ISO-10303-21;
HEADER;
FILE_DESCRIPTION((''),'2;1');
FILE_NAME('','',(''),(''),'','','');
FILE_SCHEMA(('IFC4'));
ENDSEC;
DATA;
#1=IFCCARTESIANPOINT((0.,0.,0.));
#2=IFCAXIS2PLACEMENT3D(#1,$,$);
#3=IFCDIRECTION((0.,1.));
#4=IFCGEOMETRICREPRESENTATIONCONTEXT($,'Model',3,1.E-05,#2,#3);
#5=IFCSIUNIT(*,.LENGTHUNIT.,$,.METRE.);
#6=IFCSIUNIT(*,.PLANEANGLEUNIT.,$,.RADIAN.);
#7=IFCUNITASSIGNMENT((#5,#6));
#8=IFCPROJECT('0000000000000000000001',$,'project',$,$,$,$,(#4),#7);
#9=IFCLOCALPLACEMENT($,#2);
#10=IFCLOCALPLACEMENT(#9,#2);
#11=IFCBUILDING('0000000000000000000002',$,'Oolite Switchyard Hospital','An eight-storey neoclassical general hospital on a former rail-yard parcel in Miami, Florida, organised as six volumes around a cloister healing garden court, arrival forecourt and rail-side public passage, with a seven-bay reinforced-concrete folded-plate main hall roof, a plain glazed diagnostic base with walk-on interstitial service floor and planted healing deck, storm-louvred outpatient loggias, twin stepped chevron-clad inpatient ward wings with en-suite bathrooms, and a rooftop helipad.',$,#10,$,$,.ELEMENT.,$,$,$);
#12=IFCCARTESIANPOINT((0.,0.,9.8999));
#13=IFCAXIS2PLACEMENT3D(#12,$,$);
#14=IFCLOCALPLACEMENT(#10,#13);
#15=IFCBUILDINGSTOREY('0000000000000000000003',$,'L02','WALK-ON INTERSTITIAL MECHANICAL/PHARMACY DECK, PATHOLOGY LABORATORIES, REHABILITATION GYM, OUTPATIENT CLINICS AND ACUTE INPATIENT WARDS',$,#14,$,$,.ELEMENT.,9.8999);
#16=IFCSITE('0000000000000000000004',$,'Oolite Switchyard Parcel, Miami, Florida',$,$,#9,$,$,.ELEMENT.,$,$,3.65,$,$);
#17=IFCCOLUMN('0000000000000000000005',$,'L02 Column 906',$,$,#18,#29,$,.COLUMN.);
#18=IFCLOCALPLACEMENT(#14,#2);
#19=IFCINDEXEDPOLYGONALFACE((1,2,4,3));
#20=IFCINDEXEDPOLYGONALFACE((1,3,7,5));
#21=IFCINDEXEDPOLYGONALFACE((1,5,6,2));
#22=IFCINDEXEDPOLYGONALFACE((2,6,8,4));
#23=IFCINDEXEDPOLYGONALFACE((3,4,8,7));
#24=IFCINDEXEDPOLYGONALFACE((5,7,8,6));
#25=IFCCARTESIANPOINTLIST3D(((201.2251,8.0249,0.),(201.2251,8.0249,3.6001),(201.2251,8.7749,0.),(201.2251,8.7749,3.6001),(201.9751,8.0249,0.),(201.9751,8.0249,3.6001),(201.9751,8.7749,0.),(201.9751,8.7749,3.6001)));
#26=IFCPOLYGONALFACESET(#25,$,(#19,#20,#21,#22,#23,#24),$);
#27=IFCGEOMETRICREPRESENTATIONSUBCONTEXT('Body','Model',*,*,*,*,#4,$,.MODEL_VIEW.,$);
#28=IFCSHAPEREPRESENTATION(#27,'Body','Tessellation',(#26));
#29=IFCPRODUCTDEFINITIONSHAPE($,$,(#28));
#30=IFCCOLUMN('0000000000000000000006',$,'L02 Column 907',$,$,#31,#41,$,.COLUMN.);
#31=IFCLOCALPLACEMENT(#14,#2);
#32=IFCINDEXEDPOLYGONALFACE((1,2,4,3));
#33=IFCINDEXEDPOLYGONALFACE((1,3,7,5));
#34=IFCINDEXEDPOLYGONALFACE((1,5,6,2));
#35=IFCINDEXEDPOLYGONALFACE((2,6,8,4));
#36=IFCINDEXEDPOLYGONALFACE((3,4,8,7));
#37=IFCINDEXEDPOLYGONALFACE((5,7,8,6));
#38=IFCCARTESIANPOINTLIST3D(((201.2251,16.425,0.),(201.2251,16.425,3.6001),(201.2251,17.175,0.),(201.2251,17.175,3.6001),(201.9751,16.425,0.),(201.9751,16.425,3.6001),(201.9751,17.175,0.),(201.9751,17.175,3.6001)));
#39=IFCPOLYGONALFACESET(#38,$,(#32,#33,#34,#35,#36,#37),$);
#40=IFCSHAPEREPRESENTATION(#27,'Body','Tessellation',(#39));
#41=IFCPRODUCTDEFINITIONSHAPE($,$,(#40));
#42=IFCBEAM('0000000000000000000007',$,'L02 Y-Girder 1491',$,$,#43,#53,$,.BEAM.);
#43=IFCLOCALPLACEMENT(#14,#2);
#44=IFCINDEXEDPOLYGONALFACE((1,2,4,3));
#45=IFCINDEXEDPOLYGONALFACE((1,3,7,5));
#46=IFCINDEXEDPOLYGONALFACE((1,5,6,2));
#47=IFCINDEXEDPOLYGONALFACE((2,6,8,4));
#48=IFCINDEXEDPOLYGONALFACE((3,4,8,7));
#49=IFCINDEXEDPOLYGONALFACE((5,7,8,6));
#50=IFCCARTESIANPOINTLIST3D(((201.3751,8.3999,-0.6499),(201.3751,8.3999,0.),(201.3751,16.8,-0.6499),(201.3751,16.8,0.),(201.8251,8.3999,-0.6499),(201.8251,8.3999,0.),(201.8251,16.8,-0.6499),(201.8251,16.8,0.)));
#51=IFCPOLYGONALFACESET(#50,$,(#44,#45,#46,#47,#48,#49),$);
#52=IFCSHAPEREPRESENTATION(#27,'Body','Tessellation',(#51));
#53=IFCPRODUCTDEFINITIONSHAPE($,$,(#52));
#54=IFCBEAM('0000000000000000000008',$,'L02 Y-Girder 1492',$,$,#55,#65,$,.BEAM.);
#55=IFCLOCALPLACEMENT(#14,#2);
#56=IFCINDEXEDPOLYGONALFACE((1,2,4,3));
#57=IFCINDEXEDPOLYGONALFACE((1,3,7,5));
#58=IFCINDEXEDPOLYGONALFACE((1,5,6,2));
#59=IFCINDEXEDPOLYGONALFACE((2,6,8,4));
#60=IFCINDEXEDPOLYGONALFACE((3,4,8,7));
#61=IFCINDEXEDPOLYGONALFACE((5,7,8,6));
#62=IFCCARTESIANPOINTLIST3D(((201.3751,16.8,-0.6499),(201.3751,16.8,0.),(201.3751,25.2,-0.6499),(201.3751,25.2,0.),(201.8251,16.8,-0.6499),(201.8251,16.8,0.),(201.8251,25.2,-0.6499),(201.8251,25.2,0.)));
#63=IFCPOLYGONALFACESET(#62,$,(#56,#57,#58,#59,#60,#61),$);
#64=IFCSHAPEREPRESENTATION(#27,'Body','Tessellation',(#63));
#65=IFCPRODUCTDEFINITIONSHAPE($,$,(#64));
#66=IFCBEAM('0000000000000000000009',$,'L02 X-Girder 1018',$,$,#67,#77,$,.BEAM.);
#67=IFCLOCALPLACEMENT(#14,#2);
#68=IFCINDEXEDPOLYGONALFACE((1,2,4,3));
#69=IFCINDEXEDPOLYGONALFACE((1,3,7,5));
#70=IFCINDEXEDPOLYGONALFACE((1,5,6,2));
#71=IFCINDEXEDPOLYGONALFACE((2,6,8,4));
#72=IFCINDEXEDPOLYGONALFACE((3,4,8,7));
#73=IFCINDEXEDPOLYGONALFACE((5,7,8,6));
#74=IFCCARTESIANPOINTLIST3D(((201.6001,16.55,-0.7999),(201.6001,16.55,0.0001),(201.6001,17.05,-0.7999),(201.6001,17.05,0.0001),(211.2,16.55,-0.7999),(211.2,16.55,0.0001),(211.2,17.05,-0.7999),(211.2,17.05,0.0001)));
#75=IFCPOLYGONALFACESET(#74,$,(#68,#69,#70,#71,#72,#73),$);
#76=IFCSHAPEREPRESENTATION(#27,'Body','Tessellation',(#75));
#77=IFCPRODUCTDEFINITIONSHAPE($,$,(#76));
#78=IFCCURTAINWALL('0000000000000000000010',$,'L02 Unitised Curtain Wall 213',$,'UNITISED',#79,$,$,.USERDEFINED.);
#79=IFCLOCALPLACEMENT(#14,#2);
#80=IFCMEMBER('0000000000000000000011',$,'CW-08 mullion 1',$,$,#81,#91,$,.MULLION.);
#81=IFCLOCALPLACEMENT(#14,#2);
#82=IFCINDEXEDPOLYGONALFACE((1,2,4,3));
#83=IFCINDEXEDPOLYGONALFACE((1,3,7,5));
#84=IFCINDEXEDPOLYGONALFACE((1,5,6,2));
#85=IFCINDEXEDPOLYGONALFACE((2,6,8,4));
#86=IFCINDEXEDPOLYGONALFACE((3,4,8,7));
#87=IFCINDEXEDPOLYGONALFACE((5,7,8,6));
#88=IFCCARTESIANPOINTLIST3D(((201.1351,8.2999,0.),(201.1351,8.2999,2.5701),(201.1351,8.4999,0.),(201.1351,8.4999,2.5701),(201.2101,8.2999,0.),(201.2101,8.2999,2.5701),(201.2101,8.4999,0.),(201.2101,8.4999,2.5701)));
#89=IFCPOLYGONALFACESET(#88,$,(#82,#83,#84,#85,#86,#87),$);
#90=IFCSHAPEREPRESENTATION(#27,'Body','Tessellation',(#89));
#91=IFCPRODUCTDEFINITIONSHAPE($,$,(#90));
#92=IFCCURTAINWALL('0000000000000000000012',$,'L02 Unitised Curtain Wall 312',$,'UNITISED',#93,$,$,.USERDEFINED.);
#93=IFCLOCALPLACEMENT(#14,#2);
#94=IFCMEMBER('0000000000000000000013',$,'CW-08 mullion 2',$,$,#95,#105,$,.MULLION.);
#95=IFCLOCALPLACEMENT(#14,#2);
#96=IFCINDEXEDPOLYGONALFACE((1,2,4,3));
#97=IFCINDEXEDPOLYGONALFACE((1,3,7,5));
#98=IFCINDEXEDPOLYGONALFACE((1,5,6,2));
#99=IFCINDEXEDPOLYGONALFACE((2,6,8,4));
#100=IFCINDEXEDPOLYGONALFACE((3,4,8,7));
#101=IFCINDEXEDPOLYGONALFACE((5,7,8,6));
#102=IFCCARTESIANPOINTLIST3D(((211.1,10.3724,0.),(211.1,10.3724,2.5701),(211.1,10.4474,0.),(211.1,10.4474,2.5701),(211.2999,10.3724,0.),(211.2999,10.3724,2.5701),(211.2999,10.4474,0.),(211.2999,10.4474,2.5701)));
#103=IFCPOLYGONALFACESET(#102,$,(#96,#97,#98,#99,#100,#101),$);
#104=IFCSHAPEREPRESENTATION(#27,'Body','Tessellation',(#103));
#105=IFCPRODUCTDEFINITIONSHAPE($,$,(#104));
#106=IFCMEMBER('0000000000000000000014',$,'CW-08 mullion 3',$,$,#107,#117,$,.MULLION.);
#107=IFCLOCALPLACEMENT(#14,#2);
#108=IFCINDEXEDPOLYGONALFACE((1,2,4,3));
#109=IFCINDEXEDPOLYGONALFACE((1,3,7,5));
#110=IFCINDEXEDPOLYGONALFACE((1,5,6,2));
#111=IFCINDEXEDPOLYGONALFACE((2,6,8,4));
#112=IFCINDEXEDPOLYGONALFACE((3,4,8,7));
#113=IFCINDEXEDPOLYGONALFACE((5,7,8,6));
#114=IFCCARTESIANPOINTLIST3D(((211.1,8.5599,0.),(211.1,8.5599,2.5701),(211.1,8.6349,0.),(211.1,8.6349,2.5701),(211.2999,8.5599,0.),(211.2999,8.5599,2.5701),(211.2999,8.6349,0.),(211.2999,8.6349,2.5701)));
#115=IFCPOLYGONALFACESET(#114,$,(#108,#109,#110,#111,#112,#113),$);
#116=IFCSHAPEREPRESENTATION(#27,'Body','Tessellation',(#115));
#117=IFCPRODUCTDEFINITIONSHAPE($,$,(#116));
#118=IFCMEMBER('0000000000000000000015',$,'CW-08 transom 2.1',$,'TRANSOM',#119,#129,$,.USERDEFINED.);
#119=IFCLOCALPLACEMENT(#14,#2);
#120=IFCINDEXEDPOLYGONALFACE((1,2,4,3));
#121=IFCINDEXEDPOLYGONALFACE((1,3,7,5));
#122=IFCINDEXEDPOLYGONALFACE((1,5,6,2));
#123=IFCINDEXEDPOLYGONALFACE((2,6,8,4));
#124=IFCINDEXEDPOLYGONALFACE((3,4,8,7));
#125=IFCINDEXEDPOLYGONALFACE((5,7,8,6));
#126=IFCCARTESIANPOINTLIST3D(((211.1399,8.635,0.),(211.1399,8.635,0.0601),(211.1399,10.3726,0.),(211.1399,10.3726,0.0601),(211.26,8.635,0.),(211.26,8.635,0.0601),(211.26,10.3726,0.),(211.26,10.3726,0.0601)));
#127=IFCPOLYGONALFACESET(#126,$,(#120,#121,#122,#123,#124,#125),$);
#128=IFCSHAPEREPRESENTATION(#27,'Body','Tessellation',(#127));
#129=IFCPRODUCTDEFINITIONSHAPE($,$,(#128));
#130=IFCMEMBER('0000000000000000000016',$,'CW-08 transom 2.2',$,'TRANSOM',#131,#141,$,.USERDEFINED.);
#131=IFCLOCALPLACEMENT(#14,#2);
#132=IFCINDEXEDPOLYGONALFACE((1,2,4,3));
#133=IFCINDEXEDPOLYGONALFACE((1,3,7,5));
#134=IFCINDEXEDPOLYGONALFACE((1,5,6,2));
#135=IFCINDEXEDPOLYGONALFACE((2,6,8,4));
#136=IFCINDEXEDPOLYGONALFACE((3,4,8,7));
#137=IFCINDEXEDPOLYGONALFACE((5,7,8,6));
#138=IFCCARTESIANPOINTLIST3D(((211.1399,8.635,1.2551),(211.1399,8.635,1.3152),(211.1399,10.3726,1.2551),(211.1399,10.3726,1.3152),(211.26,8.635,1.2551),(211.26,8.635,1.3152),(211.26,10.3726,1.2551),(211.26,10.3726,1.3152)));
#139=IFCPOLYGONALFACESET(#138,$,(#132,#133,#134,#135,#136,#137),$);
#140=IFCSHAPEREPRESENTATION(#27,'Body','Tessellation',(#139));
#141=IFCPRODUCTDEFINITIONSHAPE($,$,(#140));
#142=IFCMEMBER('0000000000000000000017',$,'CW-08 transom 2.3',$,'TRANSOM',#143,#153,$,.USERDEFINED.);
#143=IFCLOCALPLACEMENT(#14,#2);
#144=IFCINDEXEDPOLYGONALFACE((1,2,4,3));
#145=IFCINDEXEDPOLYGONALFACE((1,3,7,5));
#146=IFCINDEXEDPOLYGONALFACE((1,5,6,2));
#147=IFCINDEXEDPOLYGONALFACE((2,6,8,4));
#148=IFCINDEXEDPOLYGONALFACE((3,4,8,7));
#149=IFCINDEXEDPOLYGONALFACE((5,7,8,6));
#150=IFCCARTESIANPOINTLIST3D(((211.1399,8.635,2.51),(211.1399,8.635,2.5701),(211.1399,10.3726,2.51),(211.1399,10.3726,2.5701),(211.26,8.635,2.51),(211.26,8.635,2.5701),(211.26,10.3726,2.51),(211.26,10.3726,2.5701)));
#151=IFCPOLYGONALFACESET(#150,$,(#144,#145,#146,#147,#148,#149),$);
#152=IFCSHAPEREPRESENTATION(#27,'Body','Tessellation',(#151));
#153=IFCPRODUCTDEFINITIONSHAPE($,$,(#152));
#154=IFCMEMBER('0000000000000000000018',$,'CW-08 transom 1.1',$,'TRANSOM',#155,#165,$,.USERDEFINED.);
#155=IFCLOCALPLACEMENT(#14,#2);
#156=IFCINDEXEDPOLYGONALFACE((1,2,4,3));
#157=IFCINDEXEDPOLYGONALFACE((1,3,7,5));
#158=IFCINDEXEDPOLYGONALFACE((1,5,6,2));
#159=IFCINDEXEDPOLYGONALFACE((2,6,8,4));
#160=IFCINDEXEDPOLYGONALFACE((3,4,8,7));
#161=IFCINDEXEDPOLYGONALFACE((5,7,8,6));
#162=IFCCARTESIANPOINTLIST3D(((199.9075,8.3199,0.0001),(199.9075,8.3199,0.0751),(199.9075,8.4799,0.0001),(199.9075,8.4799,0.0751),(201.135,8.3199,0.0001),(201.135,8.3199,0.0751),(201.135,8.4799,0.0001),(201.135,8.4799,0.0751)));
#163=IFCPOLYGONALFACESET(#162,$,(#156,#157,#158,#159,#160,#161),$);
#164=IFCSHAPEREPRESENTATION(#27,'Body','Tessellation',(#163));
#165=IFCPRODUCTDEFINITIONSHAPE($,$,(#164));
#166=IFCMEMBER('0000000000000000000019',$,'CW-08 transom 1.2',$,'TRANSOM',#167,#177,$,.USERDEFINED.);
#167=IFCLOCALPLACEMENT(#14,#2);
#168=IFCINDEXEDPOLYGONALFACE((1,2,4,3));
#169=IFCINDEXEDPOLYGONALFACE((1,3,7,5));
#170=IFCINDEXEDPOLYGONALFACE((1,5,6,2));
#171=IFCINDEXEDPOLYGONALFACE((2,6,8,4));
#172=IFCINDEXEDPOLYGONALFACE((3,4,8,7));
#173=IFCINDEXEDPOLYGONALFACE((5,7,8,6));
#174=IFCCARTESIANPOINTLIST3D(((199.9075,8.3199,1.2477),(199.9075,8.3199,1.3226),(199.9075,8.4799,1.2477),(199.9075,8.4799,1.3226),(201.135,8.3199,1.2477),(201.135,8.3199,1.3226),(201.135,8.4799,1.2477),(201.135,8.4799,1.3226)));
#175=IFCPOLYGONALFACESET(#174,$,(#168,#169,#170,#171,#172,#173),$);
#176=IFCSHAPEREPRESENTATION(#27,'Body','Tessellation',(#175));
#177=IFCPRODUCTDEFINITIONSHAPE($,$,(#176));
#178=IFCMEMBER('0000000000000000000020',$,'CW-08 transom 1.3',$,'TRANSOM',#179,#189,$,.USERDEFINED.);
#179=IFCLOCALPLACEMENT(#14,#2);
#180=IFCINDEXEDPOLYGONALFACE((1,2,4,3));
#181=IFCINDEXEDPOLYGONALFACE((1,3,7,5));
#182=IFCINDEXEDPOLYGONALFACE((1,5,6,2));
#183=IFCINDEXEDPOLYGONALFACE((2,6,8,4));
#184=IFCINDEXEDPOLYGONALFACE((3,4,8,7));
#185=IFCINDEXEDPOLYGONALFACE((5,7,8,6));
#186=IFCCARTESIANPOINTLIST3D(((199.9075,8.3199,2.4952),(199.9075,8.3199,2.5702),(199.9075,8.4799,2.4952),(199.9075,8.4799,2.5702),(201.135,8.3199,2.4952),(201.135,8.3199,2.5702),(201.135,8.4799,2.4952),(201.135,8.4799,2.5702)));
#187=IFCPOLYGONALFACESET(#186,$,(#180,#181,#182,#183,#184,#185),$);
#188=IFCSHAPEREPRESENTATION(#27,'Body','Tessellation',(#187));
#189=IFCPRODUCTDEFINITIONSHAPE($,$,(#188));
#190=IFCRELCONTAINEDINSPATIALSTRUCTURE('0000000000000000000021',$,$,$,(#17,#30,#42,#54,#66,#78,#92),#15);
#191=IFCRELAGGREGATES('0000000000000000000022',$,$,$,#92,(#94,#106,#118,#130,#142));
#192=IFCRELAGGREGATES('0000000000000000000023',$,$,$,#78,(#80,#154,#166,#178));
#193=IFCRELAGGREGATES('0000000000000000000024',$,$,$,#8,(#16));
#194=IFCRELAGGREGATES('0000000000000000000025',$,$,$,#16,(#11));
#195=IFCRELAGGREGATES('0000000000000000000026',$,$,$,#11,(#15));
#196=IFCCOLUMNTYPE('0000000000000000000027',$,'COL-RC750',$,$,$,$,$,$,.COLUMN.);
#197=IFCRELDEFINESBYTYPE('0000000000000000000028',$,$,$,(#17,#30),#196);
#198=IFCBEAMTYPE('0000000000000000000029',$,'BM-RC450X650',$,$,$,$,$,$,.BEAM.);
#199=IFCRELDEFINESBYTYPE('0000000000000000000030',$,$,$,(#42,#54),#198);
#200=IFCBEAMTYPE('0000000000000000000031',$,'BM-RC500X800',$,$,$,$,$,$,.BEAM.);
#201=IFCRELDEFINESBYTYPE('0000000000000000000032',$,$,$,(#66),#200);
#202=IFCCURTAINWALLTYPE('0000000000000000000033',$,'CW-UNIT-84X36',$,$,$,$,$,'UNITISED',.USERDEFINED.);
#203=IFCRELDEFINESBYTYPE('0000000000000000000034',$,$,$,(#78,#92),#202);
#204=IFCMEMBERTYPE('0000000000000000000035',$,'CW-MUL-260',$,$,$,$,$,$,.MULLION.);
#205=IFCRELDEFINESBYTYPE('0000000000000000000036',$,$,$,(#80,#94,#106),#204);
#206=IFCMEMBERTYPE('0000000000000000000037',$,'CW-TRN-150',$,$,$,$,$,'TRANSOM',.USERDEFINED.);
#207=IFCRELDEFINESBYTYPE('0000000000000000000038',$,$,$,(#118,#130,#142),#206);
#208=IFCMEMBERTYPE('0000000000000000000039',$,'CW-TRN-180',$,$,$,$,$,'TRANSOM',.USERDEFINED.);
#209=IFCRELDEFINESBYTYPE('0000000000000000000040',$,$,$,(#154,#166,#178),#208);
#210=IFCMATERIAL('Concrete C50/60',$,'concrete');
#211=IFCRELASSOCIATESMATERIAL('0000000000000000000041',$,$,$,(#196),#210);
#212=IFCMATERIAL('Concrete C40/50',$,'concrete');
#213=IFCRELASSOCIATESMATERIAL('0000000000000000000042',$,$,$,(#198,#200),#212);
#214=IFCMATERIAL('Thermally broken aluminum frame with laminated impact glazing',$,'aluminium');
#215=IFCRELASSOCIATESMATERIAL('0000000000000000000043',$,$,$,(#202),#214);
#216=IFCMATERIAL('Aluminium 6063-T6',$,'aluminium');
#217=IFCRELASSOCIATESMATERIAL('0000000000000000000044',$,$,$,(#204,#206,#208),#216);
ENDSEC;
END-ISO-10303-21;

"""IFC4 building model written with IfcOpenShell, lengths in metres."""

from ifc_helpers import new_model, si_unit, direction, frame, origin, origin_2d, place, context, subcontext, project, spatial, rectangle, extrude, material, material_profile, profile_set, type_object, element, aggregate, save


model = new_model("IFC4")

# Units and contexts
model_context = context("Model", 3, precision=1e-05, world=origin(), true_north=direction((0.0, 1.0)))
body_context = subcontext(model_context, "Body", "Model", "MODEL_VIEW")
ifc_project = project(units=[si_unit("LENGTHUNIT", "METRE"), si_unit("PLANEANGLEUNIT", "RADIAN")], contexts=[model_context])

# Site, building, storey
site_placement = place(None, origin())
site = spatial("IfcSite", under=ifc_project, at=site_placement, Name="Oolite Switchyard Parcel, Miami, Florida", CompositionType="ELEMENT", RefElevation=3.65)
building_placement = place(site_placement, origin())
building = spatial("IfcBuilding", under=site, at=building_placement, Name="Oolite Switchyard Hospital", Description="An eight-storey neoclassical general hospital on a former rail-yard parcel in Miami, Florida, organised as six volumes around a cloister healing garden court, arrival forecourt and rail-side public passage, with a seven-bay reinforced-concrete folded-plate main hall roof, a plain glazed diagnostic base with walk-on interstitial service floor and planted healing deck, storm-louvred outpatient loggias, twin stepped chevron-clad inpatient ward wings with en-suite bathrooms, and a rooftop helipad.", CompositionType="ELEMENT")
storey_placement = place(building_placement, frame((0.0, 0.0, 9.8999)))
storey = spatial("IfcBuildingStorey", under=building, at=storey_placement, Name="L02", Description="WALK-ON INTERSTITIAL MECHANICAL/PHARMACY DECK, PATHOLOGY LABORATORIES, REHABILITATION GYM, OUTPATIENT CLINICS AND ACUTE INPATIENT WARDS", CompositionType="ELEMENT", Elevation=9.8999)

# Columns
ifc_material_1 = material(Name="Concrete C50/60", Category="concrete")
ifc_material_profile_1 = material_profile(ifc_material_1, rectangle(XDim=0.75, YDim=0.75, at=origin_2d()), Name="RC750X750")
ifc_profile_set_1 = profile_set([ifc_material_profile_1], Name="Concrete C50/60")
column_type = type_object("IfcColumnType", Name="COL-RC750", PredefinedType="COLUMN", material=ifc_profile_set_1)
for number, where, z_axis, x_axis, name in (
    (1, (201.6001, 8.3999, 0.0), (0.0, 0.0, 1.0), (1.0, 0.0, 0.0), "L02 Column 906"),
    (2, (201.6001, 16.8, 0.0), (0.0, 0.0, 1.0), (1.0, 0.0, 0.0), "L02 Column 907"),
):
    element("IfcColumn", number, at=place(storey_placement, frame(where, z_axis=z_axis, x_axis=x_axis)), inside=storey, type_object=column_type, Name=name, PredefinedType="COLUMN", context=body_context, shape_type="SweptSolid", body=[
        extrude(rectangle(XDim=0.75, YDim=0.75, at=origin_2d()), origin(), (0.0, 0.0, 1.0), 3.6001),
    ])

# Beams
ifc_material_2 = material(Name="Concrete C40/50", Category="concrete")
ifc_material_profile_2 = material_profile(ifc_material_2, rectangle(XDim=0.45, YDim=0.6499, at=origin_2d()), Name="RCB450X650")
ifc_profile_set_2 = profile_set([ifc_material_profile_2], Name="Concrete C40/50")
beam_type_1 = type_object("IfcBeamType", Name="BM-RC450X650", PredefinedType="BEAM", material=ifc_profile_set_2)
beam_1_placement = place(storey_placement, frame((201.6001, 8.3999, -0.325), z_axis=(0.0, 1.0, 0.0), x_axis=(-1.0, 0.0, 0.0)))
element("IfcBeam", 3, at=beam_1_placement, inside=storey, type_object=beam_type_1, Name="L02 Y-Girder 1491", PredefinedType="BEAM", context=body_context, shape_type="SweptSolid", body=[
    extrude(rectangle(XDim=0.45, YDim=0.6499, at=origin_2d()), origin(), (0.0, 0.0, 1.0), 8.4001),
])
beam_2_placement = place(storey_placement, frame((201.6001, 16.8, -0.325), z_axis=(0.0, 1.0, 0.0), x_axis=(-1.0, 0.0, 0.0)))
element("IfcBeam", 4, at=beam_2_placement, inside=storey, type_object=beam_type_1, Name="L02 Y-Girder 1492", PredefinedType="BEAM", context=body_context, shape_type="SweptSolid", body=[
    extrude(rectangle(XDim=0.45, YDim=0.6499, at=origin_2d()), origin(), (0.0, 0.0, 1.0), 8.3999),
])
ifc_material_profile_3 = material_profile(ifc_material_2, rectangle(XDim=0.5, YDim=0.8, at=origin_2d()), Name="RCB500X800")
ifc_profile_set_3 = profile_set([ifc_material_profile_3], Name="Concrete C40/50")
beam_type_2 = type_object("IfcBeamType", Name="BM-RC500X800", PredefinedType="BEAM", material=ifc_profile_set_3)
beam_3_placement = place(storey_placement, frame((201.6001, 16.8, -0.3999), z_axis=(1.0, 0.0, 0.0), x_axis=(0.0, 1.0, 0.0)))
element("IfcBeam", 5, at=beam_3_placement, inside=storey, type_object=beam_type_2, Name="L02 X-Girder 1018", PredefinedType="BEAM", context=body_context, shape_type="SweptSolid", body=[
    extrude(rectangle(XDim=0.5, YDim=0.8, at=origin_2d()), origin(), (0.0, 0.0, 1.0), 9.5999),
])

# Curtain wall, member
ifc_material_3 = material(Name="Thermally broken aluminum frame with laminated impact glazing", Category="aluminium")
curtain_wall_type = type_object("IfcCurtainWallType", Name="CW-UNIT-84X36", ElementType="UNITISED", PredefinedType="USERDEFINED", material=ifc_material_3)
curtain_wall_1_placement = place(storey_placement, origin())
curtain_wall_1 = element("IfcCurtainWall", 6, at=curtain_wall_1_placement, inside=storey, type_object=curtain_wall_type, Name="L02 Unitised Curtain Wall 213", ObjectType="UNITISED", PredefinedType="USERDEFINED")
ifc_material_4 = material(Name="Aluminium 6063-T6", Category="aluminium")
ifc_material_profile_4 = material_profile(ifc_material_4, rectangle(XDim=0.2, YDim=0.075, at=origin_2d()), Name="CWM75X200")
ifc_profile_set_4 = profile_set([ifc_material_profile_4], Name="Aluminium 6063-T6")
member_type_1 = type_object("IfcMemberType", Name="CW-MUL-260", PredefinedType="MULLION", material=ifc_profile_set_4)
member_1_placement = place(storey_placement, frame((201.1726, 8.3999, 0.0), z_axis=(0.0, 0.0, 1.0), x_axis=(0.0, -1.0, 0.0)))
member_1 = element("IfcMember", 7, at=member_1_placement, type_object=member_type_1, Name="CW-08 mullion 1", PredefinedType="MULLION", context=body_context, shape_type="SweptSolid", body=[
    extrude(rectangle(XDim=0.2, YDim=0.075, at=origin_2d()), origin(), (0.0, 0.0, 1.0), 2.5701),
])

# Curtain wall, members
curtain_wall_2_placement = place(storey_placement, origin())
curtain_wall_2 = element("IfcCurtainWall", 8, at=curtain_wall_2_placement, inside=storey, type_object=curtain_wall_type, Name="L02 Unitised Curtain Wall 312", ObjectType="UNITISED", PredefinedType="USERDEFINED")
member_2_placement = place(storey_placement, frame((211.2, 10.4099, 0.0), z_axis=(0.0, 0.0, 1.0), x_axis=(1.0, 0.0, 0.0)))
member_2 = element("IfcMember", 9, at=member_2_placement, type_object=member_type_1, Name="CW-08 mullion 2", PredefinedType="MULLION", context=body_context, shape_type="SweptSolid", body=[
    extrude(rectangle(XDim=0.2, YDim=0.075, at=origin_2d()), origin(), (0.0, 0.0, 1.0), 2.5701),
])
member_3_placement = place(storey_placement, frame((211.2, 8.5974, 0.0), z_axis=(0.0, 0.0, 1.0), x_axis=(1.0, 0.0, 0.0)))
member_3 = element("IfcMember", 10, at=member_3_placement, type_object=member_type_1, Name="CW-08 mullion 3", PredefinedType="MULLION", context=body_context, shape_type="SweptSolid", body=[
    extrude(rectangle(XDim=0.2, YDim=0.075, at=origin_2d()), origin(), (0.0, 0.0, 1.0), 2.5701),
])
ifc_material_profile_5 = material_profile(ifc_material_4, rectangle(XDim=0.1201, YDim=0.0601, at=origin_2d()), Name="CWT60X120")
ifc_profile_set_5 = profile_set([ifc_material_profile_5], Name="Aluminium 6063-T6")
member_type_2 = type_object("IfcMemberType", Name="CW-TRN-150", ElementType="TRANSOM", PredefinedType="USERDEFINED", material=ifc_profile_set_5)
member_4_placement = place(storey_placement, frame((211.2, 10.3726, 0.03), z_axis=(0.0, -1.0, 0.0), x_axis=(1.0, 0.0, 0.0)))
member_4 = element("IfcMember", 11, at=member_4_placement, type_object=member_type_2, Name="CW-08 transom 2.1", ObjectType="TRANSOM", PredefinedType="USERDEFINED", context=body_context, shape_type="SweptSolid", body=[
    extrude(rectangle(XDim=0.1201, YDim=0.0601, at=origin_2d()), origin(), (0.0, 0.0, 1.0), 1.7375),
])
member_5_placement = place(storey_placement, frame((211.2, 10.3726, 1.2852), z_axis=(0.0, -1.0, 0.0), x_axis=(1.0, 0.0, 0.0)))
member_5 = element("IfcMember", 12, at=member_5_placement, type_object=member_type_2, Name="CW-08 transom 2.2", ObjectType="TRANSOM", PredefinedType="USERDEFINED", context=body_context, shape_type="SweptSolid", body=[
    extrude(rectangle(XDim=0.1201, YDim=0.0601, at=origin_2d()), origin(), (0.0, 0.0, 1.0), 1.7375),
])
member_6_placement = place(storey_placement, frame((211.2, 10.3726, 2.54), z_axis=(0.0, -1.0, 0.0), x_axis=(1.0, 0.0, 0.0)))
member_6 = element("IfcMember", 13, at=member_6_placement, type_object=member_type_2, Name="CW-08 transom 2.3", ObjectType="TRANSOM", PredefinedType="USERDEFINED", context=body_context, shape_type="SweptSolid", body=[
    extrude(rectangle(XDim=0.1201, YDim=0.0601, at=origin_2d()), origin(), (0.0, 0.0, 1.0), 1.7375),
])

# Members
ifc_material_profile_6 = material_profile(ifc_material_4, rectangle(XDim=0.1599, YDim=0.075, at=origin_2d()), Name="CWT75X160")
ifc_profile_set_6 = profile_set([ifc_material_profile_6], Name="Aluminium 6063-T6")
member_type_3 = type_object("IfcMemberType", Name="CW-TRN-180", ElementType="TRANSOM", PredefinedType="USERDEFINED", material=ifc_profile_set_6)
member_7_placement = place(storey_placement, frame((201.135, 8.3999, 0.0376), z_axis=(-1.0, 0.0, 0.0), x_axis=(0.0, -1.0, 0.0)))
member_7 = element("IfcMember", 14, at=member_7_placement, type_object=member_type_3, Name="CW-08 transom 1.1", ObjectType="TRANSOM", PredefinedType="USERDEFINED", context=body_context, shape_type="SweptSolid", body=[
    extrude(rectangle(XDim=0.1599, YDim=0.075, at=origin_2d()), origin(), (0.0, 0.0, 1.0), 1.2275),
])
member_8_placement = place(storey_placement, frame((201.135, 8.3999, 1.2852), z_axis=(-1.0, 0.0, 0.0), x_axis=(0.0, -1.0, 0.0)))
member_8 = element("IfcMember", 15, at=member_8_placement, type_object=member_type_3, Name="CW-08 transom 1.2", ObjectType="TRANSOM", PredefinedType="USERDEFINED", context=body_context, shape_type="SweptSolid", body=[
    extrude(rectangle(XDim=0.1599, YDim=0.075, at=origin_2d()), origin(), (0.0, 0.0, 1.0), 1.2275),
])
member_9_placement = place(storey_placement, frame((201.135, 8.3999, 2.5327), z_axis=(-1.0, 0.0, 0.0), x_axis=(0.0, -1.0, 0.0)))
member_9 = element("IfcMember", 16, at=member_9_placement, type_object=member_type_3, Name="CW-08 transom 1.3", ObjectType="TRANSOM", PredefinedType="USERDEFINED", context=body_context, shape_type="SweptSolid", body=[
    extrude(rectangle(XDim=0.1599, YDim=0.075, at=origin_2d()), origin(), (0.0, 0.0, 1.0), 1.2275),
])

aggregate(curtain_wall_2, [member_2, member_3, member_4, member_5, member_6])
aggregate(curtain_wall_1, [member_1, member_7, member_8, member_9])

save(model, "model.ifc")
